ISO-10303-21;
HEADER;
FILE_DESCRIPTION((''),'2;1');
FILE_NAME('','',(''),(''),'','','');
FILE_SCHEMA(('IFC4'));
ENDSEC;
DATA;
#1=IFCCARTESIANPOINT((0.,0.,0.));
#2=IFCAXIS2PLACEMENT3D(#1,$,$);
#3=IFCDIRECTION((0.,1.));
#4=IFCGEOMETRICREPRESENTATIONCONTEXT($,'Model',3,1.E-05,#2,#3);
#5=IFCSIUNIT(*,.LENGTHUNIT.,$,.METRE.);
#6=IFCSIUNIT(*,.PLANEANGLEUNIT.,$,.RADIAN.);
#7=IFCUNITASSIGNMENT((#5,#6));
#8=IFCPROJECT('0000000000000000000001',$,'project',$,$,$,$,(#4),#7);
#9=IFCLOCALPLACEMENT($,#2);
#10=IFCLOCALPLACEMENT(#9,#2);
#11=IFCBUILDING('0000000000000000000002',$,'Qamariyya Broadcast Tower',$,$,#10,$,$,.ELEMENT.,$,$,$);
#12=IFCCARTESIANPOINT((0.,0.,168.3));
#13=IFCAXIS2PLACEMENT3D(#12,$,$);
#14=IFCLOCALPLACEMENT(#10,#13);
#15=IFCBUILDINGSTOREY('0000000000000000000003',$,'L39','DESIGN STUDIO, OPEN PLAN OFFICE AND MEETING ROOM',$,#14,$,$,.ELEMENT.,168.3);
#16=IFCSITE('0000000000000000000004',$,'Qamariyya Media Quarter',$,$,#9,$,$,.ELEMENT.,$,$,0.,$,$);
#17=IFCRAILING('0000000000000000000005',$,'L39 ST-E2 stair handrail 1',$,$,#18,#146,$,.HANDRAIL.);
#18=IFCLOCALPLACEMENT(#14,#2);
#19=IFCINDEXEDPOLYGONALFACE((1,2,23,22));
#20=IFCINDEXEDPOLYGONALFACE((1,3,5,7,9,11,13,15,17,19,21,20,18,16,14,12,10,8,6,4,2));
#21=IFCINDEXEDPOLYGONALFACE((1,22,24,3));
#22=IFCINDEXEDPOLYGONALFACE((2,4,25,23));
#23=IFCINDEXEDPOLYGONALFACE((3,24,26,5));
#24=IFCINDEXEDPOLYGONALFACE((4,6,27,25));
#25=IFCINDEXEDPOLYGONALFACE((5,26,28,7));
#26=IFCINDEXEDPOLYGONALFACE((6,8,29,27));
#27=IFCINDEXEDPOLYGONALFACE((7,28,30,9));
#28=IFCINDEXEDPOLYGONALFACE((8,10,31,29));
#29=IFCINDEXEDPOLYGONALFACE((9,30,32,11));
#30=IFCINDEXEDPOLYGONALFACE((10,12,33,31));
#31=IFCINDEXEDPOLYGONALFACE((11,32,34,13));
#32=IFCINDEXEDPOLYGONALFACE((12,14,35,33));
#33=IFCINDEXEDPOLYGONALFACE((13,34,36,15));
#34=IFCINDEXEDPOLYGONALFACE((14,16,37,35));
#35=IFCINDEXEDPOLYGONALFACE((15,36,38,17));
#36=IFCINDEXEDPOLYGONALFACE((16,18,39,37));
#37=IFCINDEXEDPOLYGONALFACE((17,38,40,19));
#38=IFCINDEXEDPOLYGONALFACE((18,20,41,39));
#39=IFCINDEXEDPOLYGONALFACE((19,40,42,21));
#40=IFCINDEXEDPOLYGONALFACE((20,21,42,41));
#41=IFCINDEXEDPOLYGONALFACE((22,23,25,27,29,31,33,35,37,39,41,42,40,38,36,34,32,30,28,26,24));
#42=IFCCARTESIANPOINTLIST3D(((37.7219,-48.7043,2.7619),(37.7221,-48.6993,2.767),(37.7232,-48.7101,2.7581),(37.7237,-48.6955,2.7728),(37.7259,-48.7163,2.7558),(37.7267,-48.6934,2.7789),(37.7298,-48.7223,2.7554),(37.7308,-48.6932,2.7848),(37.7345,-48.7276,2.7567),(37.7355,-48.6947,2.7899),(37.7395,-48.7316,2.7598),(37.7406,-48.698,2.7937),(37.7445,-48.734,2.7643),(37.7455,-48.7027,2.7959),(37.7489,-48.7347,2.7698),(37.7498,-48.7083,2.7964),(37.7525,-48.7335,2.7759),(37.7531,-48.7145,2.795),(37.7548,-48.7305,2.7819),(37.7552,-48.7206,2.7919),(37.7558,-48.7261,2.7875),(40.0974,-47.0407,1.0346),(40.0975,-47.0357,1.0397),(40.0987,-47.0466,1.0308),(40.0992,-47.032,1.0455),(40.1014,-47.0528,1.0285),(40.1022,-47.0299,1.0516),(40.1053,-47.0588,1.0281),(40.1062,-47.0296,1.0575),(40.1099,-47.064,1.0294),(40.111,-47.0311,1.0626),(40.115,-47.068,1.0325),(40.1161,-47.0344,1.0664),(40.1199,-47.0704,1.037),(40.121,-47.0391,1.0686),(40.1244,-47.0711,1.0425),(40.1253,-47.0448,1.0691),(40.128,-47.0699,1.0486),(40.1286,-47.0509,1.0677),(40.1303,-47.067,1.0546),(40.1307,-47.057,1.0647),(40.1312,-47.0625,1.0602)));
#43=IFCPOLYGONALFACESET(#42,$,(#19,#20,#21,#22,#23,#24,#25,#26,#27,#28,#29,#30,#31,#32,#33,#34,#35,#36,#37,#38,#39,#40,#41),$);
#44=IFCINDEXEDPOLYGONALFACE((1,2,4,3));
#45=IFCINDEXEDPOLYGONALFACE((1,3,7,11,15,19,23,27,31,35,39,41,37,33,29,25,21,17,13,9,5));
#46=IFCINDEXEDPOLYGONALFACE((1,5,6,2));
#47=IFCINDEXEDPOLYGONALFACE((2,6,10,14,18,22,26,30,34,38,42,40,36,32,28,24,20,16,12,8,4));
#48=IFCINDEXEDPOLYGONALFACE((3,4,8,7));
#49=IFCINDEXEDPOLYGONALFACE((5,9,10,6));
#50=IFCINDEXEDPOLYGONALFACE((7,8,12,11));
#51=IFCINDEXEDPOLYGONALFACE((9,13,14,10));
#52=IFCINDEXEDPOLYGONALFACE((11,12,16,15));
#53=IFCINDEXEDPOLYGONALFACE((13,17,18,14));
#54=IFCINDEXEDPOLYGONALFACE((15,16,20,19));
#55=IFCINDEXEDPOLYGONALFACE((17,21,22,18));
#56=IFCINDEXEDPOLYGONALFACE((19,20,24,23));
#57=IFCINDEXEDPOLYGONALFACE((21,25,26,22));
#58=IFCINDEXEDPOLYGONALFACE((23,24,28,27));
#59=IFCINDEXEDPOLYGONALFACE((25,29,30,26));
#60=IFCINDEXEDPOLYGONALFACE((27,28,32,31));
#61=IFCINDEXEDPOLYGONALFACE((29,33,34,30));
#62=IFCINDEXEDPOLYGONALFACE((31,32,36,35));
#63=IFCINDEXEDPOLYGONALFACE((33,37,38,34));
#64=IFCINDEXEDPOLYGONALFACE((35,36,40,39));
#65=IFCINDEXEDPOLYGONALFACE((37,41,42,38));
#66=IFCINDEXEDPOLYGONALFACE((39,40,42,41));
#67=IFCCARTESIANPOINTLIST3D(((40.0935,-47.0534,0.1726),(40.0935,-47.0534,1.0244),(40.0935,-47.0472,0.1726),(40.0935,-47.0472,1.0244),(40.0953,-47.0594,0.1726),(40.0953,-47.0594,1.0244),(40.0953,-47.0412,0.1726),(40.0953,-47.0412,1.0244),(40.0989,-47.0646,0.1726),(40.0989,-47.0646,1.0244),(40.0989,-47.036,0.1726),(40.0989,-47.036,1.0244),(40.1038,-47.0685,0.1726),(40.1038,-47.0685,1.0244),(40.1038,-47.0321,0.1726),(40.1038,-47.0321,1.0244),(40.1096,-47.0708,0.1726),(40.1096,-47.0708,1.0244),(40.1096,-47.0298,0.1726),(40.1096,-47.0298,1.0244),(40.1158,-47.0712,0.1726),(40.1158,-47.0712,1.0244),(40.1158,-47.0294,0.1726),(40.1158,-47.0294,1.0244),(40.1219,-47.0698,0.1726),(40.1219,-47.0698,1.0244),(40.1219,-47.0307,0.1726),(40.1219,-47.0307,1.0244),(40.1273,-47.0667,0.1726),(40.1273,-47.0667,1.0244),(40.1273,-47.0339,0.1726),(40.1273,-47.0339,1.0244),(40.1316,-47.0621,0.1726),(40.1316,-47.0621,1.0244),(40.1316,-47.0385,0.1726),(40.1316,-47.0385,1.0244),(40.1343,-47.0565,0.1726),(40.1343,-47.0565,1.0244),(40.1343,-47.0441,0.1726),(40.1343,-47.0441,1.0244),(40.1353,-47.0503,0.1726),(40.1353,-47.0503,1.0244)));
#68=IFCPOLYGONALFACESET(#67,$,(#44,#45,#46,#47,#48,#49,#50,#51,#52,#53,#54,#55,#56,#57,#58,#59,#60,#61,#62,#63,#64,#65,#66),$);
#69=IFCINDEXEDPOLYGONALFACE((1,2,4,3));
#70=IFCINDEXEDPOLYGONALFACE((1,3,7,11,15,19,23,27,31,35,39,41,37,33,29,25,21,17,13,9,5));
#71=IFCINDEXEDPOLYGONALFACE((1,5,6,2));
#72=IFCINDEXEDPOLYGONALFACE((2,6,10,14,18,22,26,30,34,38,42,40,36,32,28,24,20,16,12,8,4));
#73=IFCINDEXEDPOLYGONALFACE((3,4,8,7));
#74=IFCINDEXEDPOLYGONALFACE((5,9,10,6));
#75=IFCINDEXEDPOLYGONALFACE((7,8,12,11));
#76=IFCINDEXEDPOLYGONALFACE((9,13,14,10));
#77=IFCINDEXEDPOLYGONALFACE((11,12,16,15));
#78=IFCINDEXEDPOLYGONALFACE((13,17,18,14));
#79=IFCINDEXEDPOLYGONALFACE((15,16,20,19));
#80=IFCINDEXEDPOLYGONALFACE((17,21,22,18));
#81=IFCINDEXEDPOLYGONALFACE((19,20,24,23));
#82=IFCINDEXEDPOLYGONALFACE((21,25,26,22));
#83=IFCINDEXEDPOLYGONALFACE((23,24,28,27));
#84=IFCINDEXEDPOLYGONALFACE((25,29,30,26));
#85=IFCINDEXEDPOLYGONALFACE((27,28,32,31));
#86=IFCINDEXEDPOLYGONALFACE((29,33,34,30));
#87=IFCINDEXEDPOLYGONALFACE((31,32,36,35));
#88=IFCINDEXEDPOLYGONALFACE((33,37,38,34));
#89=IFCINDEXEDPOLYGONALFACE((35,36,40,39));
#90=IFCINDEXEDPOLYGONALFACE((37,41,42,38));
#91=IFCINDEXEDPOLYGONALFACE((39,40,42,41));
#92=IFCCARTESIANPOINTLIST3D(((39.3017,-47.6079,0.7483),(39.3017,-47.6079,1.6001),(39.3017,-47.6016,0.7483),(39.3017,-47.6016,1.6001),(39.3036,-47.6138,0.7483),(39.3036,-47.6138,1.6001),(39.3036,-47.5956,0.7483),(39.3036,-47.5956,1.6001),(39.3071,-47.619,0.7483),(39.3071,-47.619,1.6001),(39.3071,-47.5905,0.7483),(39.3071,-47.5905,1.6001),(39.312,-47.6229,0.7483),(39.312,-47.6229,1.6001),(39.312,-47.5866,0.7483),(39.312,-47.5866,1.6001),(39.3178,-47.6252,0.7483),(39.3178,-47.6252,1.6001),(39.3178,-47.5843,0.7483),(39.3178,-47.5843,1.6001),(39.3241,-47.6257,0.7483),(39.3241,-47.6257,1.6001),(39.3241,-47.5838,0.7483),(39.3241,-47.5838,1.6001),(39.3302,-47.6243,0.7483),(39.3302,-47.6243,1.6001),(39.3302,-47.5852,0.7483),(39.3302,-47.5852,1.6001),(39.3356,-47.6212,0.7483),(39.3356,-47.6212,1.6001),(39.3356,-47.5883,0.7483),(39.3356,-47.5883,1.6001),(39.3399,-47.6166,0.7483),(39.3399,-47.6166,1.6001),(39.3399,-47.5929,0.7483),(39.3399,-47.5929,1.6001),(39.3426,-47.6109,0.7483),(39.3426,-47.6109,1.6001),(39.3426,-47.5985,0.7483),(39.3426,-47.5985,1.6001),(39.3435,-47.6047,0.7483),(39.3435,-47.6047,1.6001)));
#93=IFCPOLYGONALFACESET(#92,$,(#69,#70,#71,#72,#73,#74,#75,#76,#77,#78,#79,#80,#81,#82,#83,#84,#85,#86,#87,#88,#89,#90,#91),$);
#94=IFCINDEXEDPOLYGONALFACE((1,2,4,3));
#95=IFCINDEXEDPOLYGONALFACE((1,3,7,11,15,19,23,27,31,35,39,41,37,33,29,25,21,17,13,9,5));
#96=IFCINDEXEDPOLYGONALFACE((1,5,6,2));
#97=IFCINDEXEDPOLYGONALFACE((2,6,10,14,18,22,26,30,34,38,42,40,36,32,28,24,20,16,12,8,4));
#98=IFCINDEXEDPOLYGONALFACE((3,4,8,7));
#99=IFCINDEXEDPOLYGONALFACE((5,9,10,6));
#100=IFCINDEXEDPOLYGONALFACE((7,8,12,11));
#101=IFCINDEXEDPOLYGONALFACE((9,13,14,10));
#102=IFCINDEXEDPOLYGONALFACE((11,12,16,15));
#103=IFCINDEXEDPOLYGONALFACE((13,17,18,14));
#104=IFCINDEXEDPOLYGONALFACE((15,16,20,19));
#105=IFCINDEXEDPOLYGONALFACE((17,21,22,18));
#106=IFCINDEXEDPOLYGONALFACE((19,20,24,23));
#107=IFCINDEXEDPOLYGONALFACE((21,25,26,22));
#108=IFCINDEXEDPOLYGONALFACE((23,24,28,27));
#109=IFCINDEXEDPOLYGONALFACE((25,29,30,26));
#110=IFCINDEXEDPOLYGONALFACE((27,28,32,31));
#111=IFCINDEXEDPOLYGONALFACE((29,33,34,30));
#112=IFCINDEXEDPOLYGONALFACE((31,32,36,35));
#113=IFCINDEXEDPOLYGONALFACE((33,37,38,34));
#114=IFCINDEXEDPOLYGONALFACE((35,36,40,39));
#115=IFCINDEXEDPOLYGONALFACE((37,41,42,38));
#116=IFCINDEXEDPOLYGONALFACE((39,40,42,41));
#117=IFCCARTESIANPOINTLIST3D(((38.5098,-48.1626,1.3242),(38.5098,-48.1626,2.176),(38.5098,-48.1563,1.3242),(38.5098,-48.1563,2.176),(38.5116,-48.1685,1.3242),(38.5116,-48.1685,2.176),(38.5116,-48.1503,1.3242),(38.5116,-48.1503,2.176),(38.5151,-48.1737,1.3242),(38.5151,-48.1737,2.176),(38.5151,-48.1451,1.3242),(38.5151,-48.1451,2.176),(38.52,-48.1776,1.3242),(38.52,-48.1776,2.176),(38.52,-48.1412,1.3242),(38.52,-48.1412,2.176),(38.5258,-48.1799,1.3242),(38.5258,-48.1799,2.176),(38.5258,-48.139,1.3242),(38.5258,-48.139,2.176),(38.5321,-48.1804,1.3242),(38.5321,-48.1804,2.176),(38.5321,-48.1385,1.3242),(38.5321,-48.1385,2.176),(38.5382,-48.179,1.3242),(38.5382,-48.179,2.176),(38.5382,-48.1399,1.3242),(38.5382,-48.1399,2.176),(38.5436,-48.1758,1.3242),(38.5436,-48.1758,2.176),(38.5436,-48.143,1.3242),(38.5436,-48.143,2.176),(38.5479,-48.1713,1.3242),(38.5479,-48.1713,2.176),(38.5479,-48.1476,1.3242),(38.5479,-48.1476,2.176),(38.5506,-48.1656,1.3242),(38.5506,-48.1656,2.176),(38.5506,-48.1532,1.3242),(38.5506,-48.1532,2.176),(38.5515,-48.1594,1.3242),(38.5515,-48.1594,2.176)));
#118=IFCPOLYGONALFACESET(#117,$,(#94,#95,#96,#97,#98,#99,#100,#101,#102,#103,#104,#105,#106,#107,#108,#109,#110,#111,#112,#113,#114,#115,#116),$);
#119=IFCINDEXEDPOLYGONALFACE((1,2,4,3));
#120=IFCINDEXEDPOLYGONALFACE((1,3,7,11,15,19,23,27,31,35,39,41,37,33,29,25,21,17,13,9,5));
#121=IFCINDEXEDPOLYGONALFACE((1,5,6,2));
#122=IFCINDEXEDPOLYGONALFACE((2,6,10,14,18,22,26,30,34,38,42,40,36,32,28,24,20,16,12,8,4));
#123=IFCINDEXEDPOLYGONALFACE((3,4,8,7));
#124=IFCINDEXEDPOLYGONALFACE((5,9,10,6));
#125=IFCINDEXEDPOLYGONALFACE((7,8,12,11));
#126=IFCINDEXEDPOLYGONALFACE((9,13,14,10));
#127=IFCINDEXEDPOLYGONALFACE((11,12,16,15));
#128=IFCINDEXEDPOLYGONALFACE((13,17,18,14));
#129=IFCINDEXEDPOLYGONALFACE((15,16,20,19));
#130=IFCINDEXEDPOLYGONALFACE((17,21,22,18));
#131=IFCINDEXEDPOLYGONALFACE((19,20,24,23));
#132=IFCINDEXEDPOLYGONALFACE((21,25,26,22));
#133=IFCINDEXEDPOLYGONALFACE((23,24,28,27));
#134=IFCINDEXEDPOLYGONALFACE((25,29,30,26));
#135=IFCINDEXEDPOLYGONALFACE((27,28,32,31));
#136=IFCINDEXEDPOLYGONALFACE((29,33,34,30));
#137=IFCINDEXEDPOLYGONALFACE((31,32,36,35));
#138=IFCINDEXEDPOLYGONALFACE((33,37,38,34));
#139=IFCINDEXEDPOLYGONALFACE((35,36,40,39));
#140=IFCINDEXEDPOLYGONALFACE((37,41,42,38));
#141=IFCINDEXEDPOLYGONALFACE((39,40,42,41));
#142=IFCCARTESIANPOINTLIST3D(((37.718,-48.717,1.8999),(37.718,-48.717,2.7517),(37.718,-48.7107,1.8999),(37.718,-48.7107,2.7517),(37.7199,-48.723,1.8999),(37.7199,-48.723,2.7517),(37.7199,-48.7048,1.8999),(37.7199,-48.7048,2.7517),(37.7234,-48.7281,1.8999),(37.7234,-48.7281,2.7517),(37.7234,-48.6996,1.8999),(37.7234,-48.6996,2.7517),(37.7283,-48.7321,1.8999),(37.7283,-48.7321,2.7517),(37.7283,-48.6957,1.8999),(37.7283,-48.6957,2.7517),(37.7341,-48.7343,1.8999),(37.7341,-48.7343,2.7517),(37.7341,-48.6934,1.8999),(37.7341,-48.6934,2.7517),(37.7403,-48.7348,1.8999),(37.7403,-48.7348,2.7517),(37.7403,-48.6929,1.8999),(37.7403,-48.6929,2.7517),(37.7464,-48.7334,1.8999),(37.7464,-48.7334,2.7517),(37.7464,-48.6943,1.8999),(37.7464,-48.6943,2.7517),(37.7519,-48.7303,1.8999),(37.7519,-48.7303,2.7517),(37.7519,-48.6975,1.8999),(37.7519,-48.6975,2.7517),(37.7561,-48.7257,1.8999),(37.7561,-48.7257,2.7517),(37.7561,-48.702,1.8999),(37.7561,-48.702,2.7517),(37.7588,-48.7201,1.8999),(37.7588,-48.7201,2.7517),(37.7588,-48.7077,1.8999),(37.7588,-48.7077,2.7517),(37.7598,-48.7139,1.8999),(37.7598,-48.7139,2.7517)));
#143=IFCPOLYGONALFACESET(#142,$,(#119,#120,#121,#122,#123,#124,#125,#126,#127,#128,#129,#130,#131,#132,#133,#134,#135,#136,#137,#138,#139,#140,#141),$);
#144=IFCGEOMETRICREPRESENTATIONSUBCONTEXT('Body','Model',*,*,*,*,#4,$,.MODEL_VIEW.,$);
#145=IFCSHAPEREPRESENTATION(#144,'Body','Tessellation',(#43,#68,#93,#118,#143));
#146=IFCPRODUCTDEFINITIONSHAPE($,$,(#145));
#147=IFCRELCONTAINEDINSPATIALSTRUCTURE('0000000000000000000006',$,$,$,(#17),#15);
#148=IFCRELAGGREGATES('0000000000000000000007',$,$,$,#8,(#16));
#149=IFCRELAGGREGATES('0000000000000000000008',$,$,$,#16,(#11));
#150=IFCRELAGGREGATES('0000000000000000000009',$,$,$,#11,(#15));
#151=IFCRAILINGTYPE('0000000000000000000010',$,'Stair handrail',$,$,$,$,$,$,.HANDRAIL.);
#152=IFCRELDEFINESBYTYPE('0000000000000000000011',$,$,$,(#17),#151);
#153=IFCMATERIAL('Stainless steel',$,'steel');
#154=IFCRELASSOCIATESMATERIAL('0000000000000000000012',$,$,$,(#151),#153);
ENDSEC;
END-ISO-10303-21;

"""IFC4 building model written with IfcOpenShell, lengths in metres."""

from ifc_helpers import new_model, si_unit, direction, frame, origin, origin_2d, place, context, subcontext, project, spatial, circle, extrude, material, type_object, element, save


model = new_model("IFC4")

# Units and contexts
model_context = context("Model", 3, precision=1e-05, world=origin(), true_north=direction((0.0, 1.0)))
body_context = subcontext(model_context, "Body", "Model", "MODEL_VIEW")
ifc_project = project(units=[si_unit("LENGTHUNIT", "METRE"), si_unit("PLANEANGLEUNIT", "RADIAN")], contexts=[model_context])

# Site, building, storey
site_placement = place(None, origin())
site = spatial("IfcSite", under=ifc_project, at=site_placement, Name="Qamariyya Media Quarter", CompositionType="ELEMENT", RefElevation=0.0)
building_placement = place(site_placement, origin())
building = spatial("IfcBuilding", under=site, at=building_placement, Name="Qamariyya Broadcast Tower", CompositionType="ELEMENT")
storey_placement = place(building_placement, frame((0.0, 0.0, 168.3)))
storey = spatial("IfcBuildingStorey", under=building, at=storey_placement, Name="L39", Description="DESIGN STUDIO, OPEN PLAN OFFICE AND MEETING ROOM", CompositionType="ELEMENT", Elevation=168.3)

# Railing
ifc_material_1 = material(Name="Stainless steel", Category="steel")
railing_type_1 = type_object("IfcRailingType", Name="Stair handrail", PredefinedType="HANDRAIL", material=ifc_material_1)
railing_1_placement = place(storey_placement, frame((40.1143, -47.0503, 0.1726)))
element("IfcRailing", 1, at=railing_1_placement, inside=storey, type_object=railing_type_1, Name="L39 ST-E2 stair handrail 1", PredefinedType="HANDRAIL", context=body_context, shape_type="SweptSolid", body=[
    extrude(circle(Radius=0.0239, at=origin_2d()), frame((0.0, 0.0, 0.876), z_axis=(-0.703745, -0.492838, 0.511716), x_axis=(0.573632, -0.819113, 0.0)), (0.0, 0.0, 1.0), 3.3755),
    extrude(circle(Radius=0.021, at=origin_2d()), origin(), (0.0, 0.0, 1.0), 0.8518),
    extrude(circle(Radius=0.021, at=origin_2d()), frame((-0.7917, -0.5544, 0.5757)), (0.0, 0.0, 1.0), 0.8518),
    extrude(circle(Radius=0.021, at=origin_2d()), frame((-1.5837, -1.1091, 1.1516)), (0.0, 0.0, 1.0), 0.8518),
    extrude(circle(Radius=0.021, at=origin_2d()), frame((-2.3755, -1.6636, 1.7273)), (0.0, 0.0, 1.0), 0.8518),
])

save(model, "model.ifc")
